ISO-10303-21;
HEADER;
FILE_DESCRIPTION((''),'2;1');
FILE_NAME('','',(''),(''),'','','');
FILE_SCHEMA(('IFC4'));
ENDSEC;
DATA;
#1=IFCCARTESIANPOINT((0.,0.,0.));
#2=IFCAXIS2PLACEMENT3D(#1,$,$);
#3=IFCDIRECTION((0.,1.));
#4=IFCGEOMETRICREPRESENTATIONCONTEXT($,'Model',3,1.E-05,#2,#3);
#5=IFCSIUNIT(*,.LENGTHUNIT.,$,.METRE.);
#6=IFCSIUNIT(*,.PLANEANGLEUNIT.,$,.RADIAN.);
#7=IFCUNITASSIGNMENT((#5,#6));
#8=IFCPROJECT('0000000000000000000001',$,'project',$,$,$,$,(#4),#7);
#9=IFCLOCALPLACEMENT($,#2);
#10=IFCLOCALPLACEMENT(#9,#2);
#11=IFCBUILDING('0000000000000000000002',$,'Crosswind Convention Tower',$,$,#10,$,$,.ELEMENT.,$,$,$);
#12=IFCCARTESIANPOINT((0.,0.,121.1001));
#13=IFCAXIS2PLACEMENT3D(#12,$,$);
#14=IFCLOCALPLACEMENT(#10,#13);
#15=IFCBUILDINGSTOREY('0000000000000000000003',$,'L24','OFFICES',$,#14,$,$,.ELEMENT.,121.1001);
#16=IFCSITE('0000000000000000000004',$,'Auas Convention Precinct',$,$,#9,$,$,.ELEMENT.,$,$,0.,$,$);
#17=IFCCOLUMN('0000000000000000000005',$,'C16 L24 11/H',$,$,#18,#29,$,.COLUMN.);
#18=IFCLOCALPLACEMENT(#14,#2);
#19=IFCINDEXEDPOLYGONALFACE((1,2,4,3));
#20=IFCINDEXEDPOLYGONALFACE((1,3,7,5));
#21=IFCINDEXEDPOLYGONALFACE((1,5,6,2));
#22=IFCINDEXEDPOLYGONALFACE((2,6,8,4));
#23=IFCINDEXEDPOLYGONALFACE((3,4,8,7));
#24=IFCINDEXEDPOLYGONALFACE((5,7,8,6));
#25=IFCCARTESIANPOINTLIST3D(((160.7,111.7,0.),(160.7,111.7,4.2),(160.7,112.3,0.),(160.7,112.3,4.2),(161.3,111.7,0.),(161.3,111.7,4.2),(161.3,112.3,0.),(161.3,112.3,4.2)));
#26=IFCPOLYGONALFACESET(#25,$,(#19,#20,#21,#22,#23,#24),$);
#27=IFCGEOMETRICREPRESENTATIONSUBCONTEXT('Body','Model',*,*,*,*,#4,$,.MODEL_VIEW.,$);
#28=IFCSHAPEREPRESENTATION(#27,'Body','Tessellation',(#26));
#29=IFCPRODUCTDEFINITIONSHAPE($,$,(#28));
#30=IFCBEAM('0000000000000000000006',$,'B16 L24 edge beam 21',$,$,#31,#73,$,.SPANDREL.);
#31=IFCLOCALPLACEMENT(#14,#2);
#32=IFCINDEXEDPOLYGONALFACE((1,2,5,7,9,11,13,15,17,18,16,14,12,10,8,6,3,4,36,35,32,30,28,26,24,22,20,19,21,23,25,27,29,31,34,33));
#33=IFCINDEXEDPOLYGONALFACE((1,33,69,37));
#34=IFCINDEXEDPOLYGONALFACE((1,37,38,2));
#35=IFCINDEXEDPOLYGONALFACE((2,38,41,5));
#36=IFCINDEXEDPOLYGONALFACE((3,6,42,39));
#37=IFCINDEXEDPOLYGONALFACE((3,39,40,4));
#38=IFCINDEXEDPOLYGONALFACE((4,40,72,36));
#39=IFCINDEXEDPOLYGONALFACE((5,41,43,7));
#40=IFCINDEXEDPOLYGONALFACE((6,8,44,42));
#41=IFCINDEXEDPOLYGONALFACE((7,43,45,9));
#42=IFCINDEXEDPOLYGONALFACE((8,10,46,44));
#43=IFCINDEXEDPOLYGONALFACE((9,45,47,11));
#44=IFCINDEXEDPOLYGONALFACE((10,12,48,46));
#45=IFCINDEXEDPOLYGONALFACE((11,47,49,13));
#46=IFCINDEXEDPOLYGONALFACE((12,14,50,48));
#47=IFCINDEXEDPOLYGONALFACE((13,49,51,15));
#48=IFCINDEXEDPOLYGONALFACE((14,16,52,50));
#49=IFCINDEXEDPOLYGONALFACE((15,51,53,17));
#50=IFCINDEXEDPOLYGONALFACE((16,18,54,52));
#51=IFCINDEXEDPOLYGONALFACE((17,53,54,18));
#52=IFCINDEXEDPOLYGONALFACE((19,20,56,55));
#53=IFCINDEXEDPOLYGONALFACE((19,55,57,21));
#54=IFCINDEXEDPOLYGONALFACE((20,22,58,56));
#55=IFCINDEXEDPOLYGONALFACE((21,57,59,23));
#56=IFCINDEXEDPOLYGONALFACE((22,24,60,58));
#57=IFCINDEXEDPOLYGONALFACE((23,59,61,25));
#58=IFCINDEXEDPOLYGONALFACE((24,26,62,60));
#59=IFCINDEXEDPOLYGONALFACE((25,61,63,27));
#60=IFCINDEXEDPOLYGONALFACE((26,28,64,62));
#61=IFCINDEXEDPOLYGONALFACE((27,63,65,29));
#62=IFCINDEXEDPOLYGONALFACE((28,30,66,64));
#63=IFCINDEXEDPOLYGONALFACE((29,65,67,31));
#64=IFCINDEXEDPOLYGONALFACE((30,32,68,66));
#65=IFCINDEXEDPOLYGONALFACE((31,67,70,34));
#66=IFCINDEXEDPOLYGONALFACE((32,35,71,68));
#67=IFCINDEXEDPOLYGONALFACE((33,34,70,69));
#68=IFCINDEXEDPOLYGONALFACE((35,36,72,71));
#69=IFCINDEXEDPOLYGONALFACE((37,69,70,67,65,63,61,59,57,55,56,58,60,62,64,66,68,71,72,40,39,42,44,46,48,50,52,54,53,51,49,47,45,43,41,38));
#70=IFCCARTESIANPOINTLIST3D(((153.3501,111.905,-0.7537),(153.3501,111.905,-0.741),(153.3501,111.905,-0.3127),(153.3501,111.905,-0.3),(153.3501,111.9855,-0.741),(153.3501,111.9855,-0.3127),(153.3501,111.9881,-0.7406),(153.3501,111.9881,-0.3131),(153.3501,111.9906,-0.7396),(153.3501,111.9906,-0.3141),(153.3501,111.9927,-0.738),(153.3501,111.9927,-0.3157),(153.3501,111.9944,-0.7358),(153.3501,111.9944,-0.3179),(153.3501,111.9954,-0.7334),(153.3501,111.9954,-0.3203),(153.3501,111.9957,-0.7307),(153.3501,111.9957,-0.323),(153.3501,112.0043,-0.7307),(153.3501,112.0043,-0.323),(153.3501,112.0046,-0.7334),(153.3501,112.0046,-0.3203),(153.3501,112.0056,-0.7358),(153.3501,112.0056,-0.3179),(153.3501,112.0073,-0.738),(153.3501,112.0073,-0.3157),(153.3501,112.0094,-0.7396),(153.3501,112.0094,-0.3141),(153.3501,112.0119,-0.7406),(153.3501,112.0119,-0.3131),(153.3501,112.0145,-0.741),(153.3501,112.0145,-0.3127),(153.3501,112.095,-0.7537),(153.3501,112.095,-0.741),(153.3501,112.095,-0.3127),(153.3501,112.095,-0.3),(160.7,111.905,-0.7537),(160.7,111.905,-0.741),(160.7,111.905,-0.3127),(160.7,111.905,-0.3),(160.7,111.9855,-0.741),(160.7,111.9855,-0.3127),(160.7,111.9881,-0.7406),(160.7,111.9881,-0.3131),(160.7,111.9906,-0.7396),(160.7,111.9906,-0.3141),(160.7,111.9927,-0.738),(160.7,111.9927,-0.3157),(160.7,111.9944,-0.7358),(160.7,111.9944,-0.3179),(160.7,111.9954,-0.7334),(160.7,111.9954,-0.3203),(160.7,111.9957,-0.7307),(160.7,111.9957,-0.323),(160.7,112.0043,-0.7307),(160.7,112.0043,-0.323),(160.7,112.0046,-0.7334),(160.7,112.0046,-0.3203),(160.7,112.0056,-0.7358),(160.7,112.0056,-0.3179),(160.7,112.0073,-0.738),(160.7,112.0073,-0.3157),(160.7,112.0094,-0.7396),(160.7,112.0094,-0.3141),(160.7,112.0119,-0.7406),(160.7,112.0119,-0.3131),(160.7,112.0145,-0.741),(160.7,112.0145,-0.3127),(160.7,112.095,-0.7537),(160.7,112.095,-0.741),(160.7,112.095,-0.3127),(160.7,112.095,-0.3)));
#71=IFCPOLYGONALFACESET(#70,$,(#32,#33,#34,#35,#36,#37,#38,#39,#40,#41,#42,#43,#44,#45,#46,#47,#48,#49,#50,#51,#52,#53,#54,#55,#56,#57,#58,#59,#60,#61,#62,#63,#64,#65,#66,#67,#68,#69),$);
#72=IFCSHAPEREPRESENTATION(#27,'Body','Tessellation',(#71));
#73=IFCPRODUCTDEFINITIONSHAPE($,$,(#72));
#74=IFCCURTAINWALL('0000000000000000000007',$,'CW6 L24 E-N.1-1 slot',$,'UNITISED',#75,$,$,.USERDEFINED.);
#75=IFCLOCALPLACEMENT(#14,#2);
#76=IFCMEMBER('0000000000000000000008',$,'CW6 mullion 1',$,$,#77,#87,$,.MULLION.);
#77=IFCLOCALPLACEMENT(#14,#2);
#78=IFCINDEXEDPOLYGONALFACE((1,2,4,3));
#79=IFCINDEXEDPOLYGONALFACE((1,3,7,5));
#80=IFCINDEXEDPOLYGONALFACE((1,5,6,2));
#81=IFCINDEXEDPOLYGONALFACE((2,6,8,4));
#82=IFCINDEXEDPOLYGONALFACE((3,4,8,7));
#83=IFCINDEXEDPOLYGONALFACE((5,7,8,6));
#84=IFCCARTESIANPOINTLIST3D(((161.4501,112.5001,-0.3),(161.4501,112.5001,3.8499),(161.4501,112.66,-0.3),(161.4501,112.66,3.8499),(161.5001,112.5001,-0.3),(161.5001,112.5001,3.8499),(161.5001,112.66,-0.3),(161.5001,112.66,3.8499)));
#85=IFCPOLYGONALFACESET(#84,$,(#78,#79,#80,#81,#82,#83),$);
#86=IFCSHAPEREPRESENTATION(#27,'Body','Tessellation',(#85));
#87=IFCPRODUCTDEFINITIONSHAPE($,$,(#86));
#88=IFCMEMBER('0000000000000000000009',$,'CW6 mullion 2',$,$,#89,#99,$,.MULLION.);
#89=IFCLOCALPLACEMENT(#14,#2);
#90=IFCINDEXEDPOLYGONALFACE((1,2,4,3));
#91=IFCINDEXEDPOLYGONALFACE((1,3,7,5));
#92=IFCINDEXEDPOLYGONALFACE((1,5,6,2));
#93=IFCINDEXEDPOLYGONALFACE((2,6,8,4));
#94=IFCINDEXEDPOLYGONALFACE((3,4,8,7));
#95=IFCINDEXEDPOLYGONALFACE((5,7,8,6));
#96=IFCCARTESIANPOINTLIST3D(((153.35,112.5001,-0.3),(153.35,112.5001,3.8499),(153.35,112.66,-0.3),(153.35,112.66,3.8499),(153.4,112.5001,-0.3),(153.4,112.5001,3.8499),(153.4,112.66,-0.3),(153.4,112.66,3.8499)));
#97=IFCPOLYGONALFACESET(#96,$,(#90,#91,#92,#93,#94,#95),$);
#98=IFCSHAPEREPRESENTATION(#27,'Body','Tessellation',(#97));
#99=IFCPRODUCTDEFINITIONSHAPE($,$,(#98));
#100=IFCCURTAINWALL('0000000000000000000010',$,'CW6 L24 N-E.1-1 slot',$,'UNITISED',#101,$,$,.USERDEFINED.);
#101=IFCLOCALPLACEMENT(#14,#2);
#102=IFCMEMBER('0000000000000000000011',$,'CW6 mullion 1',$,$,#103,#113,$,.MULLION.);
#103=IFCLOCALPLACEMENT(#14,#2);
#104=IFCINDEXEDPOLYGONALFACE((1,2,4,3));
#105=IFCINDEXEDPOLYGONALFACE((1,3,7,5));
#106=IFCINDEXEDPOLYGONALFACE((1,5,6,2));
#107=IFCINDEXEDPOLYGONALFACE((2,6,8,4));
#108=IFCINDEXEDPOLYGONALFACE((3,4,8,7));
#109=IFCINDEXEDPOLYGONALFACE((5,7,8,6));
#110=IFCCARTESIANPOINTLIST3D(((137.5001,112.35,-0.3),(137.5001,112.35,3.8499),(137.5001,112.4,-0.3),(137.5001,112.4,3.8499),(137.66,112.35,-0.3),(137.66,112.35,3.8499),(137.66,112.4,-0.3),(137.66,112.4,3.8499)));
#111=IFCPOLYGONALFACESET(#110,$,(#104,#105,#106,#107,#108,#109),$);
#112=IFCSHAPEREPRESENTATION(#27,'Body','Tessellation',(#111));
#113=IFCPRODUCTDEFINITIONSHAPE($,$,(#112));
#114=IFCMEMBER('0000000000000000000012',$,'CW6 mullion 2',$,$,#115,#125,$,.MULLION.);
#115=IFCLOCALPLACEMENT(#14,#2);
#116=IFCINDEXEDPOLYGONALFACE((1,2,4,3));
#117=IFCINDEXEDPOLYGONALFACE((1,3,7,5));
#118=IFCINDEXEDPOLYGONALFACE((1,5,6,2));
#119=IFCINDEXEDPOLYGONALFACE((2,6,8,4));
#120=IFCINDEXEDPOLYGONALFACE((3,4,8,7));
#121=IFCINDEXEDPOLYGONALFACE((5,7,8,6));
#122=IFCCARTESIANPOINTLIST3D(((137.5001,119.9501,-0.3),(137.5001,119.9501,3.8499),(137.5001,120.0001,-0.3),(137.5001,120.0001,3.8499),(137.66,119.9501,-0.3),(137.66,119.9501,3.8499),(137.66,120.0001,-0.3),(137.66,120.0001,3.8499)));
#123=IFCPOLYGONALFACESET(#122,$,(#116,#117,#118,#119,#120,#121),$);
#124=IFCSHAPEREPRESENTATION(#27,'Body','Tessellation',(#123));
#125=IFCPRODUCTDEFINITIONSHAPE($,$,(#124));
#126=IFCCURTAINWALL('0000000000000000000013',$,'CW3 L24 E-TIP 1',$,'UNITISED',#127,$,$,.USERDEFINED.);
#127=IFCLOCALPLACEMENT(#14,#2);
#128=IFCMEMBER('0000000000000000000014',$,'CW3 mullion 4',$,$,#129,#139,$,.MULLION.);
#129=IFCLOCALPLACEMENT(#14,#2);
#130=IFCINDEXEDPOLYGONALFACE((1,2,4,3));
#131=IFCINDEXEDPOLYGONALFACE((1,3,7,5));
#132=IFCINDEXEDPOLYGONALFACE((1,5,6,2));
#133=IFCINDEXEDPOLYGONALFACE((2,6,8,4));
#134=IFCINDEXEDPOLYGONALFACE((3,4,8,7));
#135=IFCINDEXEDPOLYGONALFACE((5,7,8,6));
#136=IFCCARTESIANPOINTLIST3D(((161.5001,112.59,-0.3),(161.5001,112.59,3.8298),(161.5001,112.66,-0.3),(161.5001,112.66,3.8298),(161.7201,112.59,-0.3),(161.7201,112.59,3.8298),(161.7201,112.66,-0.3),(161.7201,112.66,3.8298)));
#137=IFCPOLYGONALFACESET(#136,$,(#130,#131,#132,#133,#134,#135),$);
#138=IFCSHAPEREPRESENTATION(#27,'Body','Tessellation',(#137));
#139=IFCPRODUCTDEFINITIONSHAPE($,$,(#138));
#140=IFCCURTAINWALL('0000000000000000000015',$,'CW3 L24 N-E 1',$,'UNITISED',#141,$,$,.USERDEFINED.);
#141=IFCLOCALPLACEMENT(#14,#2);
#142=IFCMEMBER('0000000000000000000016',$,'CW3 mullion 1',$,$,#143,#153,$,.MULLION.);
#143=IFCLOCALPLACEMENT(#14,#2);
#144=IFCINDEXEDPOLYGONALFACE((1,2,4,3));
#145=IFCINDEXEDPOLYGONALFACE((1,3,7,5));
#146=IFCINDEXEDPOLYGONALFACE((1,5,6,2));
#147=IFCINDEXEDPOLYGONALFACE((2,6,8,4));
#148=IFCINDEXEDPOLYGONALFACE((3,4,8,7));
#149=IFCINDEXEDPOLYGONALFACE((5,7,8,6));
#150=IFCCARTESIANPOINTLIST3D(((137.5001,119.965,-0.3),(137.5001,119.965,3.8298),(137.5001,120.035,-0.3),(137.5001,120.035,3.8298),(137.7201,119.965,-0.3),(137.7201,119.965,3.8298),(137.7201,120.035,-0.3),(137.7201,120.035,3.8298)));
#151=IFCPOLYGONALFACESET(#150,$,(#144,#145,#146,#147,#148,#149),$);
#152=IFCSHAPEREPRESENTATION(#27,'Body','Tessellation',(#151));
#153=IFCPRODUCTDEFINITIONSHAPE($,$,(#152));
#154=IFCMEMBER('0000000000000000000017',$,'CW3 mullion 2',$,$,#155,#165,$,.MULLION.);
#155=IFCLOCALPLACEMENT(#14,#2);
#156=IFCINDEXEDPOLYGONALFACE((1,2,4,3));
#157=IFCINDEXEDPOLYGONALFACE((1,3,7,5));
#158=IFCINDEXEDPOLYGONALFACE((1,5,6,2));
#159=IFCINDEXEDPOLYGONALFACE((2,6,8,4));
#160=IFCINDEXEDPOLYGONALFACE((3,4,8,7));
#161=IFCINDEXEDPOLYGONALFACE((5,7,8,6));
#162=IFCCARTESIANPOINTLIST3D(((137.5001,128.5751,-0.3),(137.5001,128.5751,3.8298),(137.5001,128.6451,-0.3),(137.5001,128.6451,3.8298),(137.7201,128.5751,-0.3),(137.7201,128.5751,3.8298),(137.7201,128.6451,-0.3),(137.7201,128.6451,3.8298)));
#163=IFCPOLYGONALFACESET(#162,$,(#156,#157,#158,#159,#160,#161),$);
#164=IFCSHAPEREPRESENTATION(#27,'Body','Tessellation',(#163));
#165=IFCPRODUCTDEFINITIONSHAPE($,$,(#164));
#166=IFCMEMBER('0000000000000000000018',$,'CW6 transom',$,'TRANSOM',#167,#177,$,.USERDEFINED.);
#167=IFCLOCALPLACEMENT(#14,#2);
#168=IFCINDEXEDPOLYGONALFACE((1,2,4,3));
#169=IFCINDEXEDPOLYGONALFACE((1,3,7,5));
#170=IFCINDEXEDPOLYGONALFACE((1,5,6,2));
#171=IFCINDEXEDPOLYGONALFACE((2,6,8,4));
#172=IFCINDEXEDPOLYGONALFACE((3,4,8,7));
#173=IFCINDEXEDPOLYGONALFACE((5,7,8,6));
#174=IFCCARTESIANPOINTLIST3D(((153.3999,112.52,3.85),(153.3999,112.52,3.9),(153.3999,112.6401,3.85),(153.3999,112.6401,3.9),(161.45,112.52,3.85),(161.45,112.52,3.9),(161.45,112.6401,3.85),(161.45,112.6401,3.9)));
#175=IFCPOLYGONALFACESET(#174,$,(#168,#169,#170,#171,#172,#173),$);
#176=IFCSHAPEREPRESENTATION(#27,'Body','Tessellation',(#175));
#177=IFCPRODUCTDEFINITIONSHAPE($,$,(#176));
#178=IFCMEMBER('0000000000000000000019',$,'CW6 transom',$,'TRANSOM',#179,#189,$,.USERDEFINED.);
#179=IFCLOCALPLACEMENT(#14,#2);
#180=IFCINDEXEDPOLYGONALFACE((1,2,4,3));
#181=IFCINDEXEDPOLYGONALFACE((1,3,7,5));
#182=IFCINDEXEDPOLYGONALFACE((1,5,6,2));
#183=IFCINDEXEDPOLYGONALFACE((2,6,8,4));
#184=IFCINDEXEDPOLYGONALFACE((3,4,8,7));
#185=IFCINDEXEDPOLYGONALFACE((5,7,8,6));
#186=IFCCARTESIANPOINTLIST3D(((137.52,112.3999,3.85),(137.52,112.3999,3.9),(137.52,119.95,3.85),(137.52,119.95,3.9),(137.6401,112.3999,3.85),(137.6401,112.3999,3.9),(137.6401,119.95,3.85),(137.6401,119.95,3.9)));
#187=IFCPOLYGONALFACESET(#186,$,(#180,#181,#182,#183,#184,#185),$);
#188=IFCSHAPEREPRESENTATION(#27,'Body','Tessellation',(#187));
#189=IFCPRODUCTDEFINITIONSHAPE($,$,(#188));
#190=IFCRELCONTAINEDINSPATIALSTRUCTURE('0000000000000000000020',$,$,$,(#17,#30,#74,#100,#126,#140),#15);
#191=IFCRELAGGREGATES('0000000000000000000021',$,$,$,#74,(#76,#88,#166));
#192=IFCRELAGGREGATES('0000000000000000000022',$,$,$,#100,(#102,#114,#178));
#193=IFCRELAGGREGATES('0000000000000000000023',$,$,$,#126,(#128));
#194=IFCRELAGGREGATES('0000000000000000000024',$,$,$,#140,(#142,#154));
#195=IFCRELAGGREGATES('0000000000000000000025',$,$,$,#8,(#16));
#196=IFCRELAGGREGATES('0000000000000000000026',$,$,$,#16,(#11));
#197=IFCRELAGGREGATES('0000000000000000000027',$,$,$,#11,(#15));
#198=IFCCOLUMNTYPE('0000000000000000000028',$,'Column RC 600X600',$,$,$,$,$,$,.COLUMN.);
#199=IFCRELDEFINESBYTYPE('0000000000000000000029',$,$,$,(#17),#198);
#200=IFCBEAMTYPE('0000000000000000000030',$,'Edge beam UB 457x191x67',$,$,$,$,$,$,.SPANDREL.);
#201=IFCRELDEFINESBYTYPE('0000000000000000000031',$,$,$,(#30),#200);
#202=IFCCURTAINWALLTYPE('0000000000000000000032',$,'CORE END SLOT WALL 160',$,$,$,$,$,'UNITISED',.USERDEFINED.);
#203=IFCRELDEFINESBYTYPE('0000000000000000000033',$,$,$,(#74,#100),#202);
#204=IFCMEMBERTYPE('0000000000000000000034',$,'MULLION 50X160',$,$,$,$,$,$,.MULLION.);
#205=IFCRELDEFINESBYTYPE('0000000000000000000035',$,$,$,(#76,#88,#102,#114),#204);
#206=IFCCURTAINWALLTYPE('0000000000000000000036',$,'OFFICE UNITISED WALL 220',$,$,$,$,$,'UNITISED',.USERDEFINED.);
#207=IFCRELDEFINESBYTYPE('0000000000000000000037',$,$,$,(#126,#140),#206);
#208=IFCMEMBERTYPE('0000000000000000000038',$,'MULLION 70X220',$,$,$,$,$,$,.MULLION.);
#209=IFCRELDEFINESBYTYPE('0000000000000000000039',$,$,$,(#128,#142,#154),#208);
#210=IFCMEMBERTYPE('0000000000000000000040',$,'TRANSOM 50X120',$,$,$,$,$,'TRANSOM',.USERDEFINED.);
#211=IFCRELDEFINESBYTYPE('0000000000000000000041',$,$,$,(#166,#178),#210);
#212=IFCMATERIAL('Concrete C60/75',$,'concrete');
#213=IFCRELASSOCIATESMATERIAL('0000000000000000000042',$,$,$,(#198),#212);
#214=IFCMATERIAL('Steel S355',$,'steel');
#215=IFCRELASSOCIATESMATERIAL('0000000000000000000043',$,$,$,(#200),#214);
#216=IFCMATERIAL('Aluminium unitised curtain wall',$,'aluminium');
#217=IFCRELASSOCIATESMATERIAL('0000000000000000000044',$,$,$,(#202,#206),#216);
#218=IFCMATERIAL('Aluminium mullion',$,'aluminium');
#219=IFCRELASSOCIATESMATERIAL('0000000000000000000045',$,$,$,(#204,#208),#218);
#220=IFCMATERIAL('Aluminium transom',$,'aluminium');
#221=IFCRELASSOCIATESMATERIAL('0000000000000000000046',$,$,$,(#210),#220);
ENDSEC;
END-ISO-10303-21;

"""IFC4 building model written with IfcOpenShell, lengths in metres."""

from ifc_helpers import new_model, si_unit, direction, frame, origin, origin_2d, place, context, subcontext, project, spatial, rectangle, i_section, extrude, material, material_profile, profile_set, type_object, element, aggregate, save


model = new_model("IFC4")

# Units and contexts
model_context = context("Model", 3, precision=1e-05, world=origin(), true_north=direction((0.0, 1.0)))
body_context = subcontext(model_context, "Body", "Model", "MODEL_VIEW")
ifc_project = project(units=[si_unit("LENGTHUNIT", "METRE"), si_unit("PLANEANGLEUNIT", "RADIAN")], contexts=[model_context])

# Site, building, storey
site_placement = place(None, origin())
site = spatial("IfcSite", under=ifc_project, at=site_placement, Name="Auas Convention Precinct", CompositionType="ELEMENT", RefElevation=0.0)
building_placement = place(site_placement, origin())
building = spatial("IfcBuilding", under=site, at=building_placement, Name="Crosswind Convention Tower", CompositionType="ELEMENT")
storey_placement = place(building_placement, frame((0.0, 0.0, 121.1001)))
storey = spatial("IfcBuildingStorey", under=building, at=storey_placement, Name="L24", Description="OFFICES", CompositionType="ELEMENT", Elevation=121.1001)

# Column
ifc_material_1 = material(Name="Concrete C60/75", Category="concrete")
ifc_material_profile_1 = material_profile(ifc_material_1, rectangle(XDim=0.6001, YDim=0.6001, at=origin_2d()), Name="RC 600X600")
ifc_profile_set_1 = profile_set([ifc_material_profile_1], Name="Concrete C60/75")
column_type = type_object("IfcColumnType", Name="Column RC 600X600", PredefinedType="COLUMN", material=ifc_profile_set_1)
column_placement = place(storey_placement, frame((161.0, 112.0, 0.0), z_axis=(0.0, 0.0, 1.0), x_axis=(1.0, 0.0, 0.0)))
element("IfcColumn", 1, at=column_placement, inside=storey, type_object=column_type, Name="C16 L24 11/H", PredefinedType="COLUMN", context=body_context, shape_type="SweptSolid", body=[
    extrude(rectangle(XDim=0.6001, YDim=0.6001, at=origin_2d()), origin(), (0.0, 0.0, 1.0), 4.2),
])

# Beam
ifc_material_2 = material(Name="Steel S355", Category="steel")
ifc_material_profile_2 = material_profile(ifc_material_2, i_section(OverallWidth=0.1899, OverallDepth=0.4536, WebThickness=0.0085, FlangeThickness=0.0127, FilletRadius=0.0103, at=origin_2d()), Name="UB 457x191x67")
ifc_profile_set_2 = profile_set([ifc_material_profile_2], Name="Steel S355")
beam_type = type_object("IfcBeamType", Name="Edge beam UB 457x191x67", PredefinedType="SPANDREL", material=ifc_profile_set_2)
beam_placement = place(storey_placement, frame((153.3501, 112.0, -0.5269), z_axis=(1.0, 0.0, 0.0), x_axis=(0.0, 1.0, 0.0)))
element("IfcBeam", 2, at=beam_placement, inside=storey, type_object=beam_type, Name="B16 L24 edge beam 21", PredefinedType="SPANDREL", context=body_context, shape_type="SweptSolid", body=[
    extrude(i_section(OverallWidth=0.1899, OverallDepth=0.4536, WebThickness=0.0085, FlangeThickness=0.0127, FilletRadius=0.0103, at=origin_2d()), origin(), (0.0, 0.0, 1.0), 7.3499),
])

# Curtain walls, members
ifc_material_3 = material(Name="Aluminium unitised curtain wall", Category="aluminium")
curtain_wall_type_1 = type_object("IfcCurtainWallType", Name="CORE END SLOT WALL 160", ElementType="UNITISED", PredefinedType="USERDEFINED", material=ifc_material_3)
curtain_wall_1_placement = place(storey_placement, origin())
curtain_wall_1 = element("IfcCurtainWall", 3, at=curtain_wall_1_placement, inside=storey, type_object=curtain_wall_type_1, Name="CW6 L24 E-N.1-1 slot", ObjectType="UNITISED", PredefinedType="USERDEFINED")
ifc_material_4 = material(Name="Aluminium mullion", Category="aluminium")
ifc_material_profile_3 = material_profile(ifc_material_4, rectangle(XDim=0.1599, YDim=0.05, at=origin_2d()), Name="AL 160X50")
ifc_profile_set_3 = profile_set([ifc_material_profile_3], Name="Aluminium mullion")
member_type_1 = type_object("IfcMemberType", Name="MULLION 50X160", PredefinedType="MULLION", material=ifc_profile_set_3)
member_1_placement = place(storey_placement, frame((161.4751, 112.5801, -0.3), z_axis=(0.0, 0.0, 1.0), x_axis=(0.0, 1.0, 0.0)))
member_1 = element("IfcMember", 4, at=member_1_placement, type_object=member_type_1, Name="CW6 mullion 1", PredefinedType="MULLION", context=body_context, shape_type="SweptSolid", body=[
    extrude(rectangle(XDim=0.1599, YDim=0.05, at=origin_2d()), origin(), (0.0, 0.0, 1.0), 4.1499),
])
member_2_placement = place(storey_placement, frame((153.375, 112.5801, -0.3), z_axis=(0.0, 0.0, 1.0), x_axis=(0.0, 1.0, 0.0)))
member_2 = element("IfcMember", 5, at=member_2_placement, type_object=member_type_1, Name="CW6 mullion 2", PredefinedType="MULLION", context=body_context, shape_type="SweptSolid", body=[
    extrude(rectangle(XDim=0.1599, YDim=0.05, at=origin_2d()), origin(), (0.0, 0.0, 1.0), 4.1499),
])
curtain_wall_2_placement = place(storey_placement, origin())
curtain_wall_2 = element("IfcCurtainWall", 6, at=curtain_wall_2_placement, inside=storey, type_object=curtain_wall_type_1, Name="CW6 L24 N-E.1-1 slot", ObjectType="UNITISED", PredefinedType="USERDEFINED")
member_3_placement = place(storey_placement, frame((137.5801, 112.375, -0.3), z_axis=(0.0, 0.0, 1.0), x_axis=(1.0, 0.0, 0.0)))
member_3 = element("IfcMember", 7, at=member_3_placement, type_object=member_type_1, Name="CW6 mullion 1", PredefinedType="MULLION", context=body_context, shape_type="SweptSolid", body=[
    extrude(rectangle(XDim=0.1599, YDim=0.05, at=origin_2d()), origin(), (0.0, 0.0, 1.0), 4.1499),
])
member_4_placement = place(storey_placement, frame((137.5801, 119.9751, -0.3), z_axis=(0.0, 0.0, 1.0), x_axis=(1.0, 0.0, 0.0)))
member_4 = element("IfcMember", 8, at=member_4_placement, type_object=member_type_1, Name="CW6 mullion 2", PredefinedType="MULLION", context=body_context, shape_type="SweptSolid", body=[
    extrude(rectangle(XDim=0.1599, YDim=0.05, at=origin_2d()), origin(), (0.0, 0.0, 1.0), 4.1499),
])

# Curtain wall, member
curtain_wall_type_2 = type_object("IfcCurtainWallType", Name="OFFICE UNITISED WALL 220", ElementType="UNITISED", PredefinedType="USERDEFINED", material=ifc_material_3)
curtain_wall_3_placement = place(storey_placement, origin())
curtain_wall_3 = element("IfcCurtainWall", 9, at=curtain_wall_3_placement, inside=storey, type_object=curtain_wall_type_2, Name="CW3 L24 E-TIP 1", ObjectType="UNITISED", PredefinedType="USERDEFINED")
ifc_material_profile_4 = material_profile(ifc_material_4, rectangle(XDim=0.22, YDim=0.0701, at=origin_2d()), Name="AL 220X70")
ifc_profile_set_4 = profile_set([ifc_material_profile_4], Name="Aluminium mullion")
member_type_2 = type_object("IfcMemberType", Name="MULLION 70X220", PredefinedType="MULLION", material=ifc_profile_set_4)
member_5_placement = place(storey_placement, frame((161.6101, 112.625, -0.3), z_axis=(0.0, 0.0, 1.0), x_axis=(1.0, 0.0, 0.0)))
member_5 = element("IfcMember", 10, at=member_5_placement, type_object=member_type_2, Name="CW3 mullion 4", PredefinedType="MULLION", context=body_context, shape_type="SweptSolid", body=[
    extrude(rectangle(XDim=0.22, YDim=0.0701, at=origin_2d()), origin(), (0.0, 0.0, 1.0), 4.1299),
])

# Curtain wall, members
curtain_wall_4_placement = place(storey_placement, origin())
curtain_wall_4 = element("IfcCurtainWall", 11, at=curtain_wall_4_placement, inside=storey, type_object=curtain_wall_type_2, Name="CW3 L24 N-E 1", ObjectType="UNITISED", PredefinedType="USERDEFINED")
member_6_placement = place(storey_placement, frame((137.6101, 120.0, -0.3), z_axis=(0.0, 0.0, 1.0), x_axis=(1.0, 0.0, 0.0)))
member_6 = element("IfcMember", 12, at=member_6_placement, type_object=member_type_2, Name="CW3 mullion 1", PredefinedType="MULLION", context=body_context, shape_type="SweptSolid", body=[
    extrude(rectangle(XDim=0.22, YDim=0.0701, at=origin_2d()), origin(), (0.0, 0.0, 1.0), 4.1299),
])
member_7_placement = place(storey_placement, frame((137.6101, 128.6101, -0.3), z_axis=(0.0, 0.0, 1.0), x_axis=(1.0, 0.0, 0.0)))
member_7 = element("IfcMember", 13, at=member_7_placement, type_object=member_type_2, Name="CW3 mullion 2", PredefinedType="MULLION", context=body_context, shape_type="SweptSolid", body=[
    extrude(rectangle(XDim=0.22, YDim=0.0701, at=origin_2d()), origin(), (0.0, 0.0, 1.0), 4.1299),
])

# Members
ifc_material_5 = material(Name="Aluminium transom", Category="aluminium")
ifc_material_profile_5 = material_profile(ifc_material_5, rectangle(XDim=0.1201, YDim=0.05, at=origin_2d()), Name="AL 120X50")
ifc_profile_set_5 = profile_set([ifc_material_profile_5], Name="Aluminium transom")
member_type_3 = type_object("IfcMemberType", Name="TRANSOM 50X120", ElementType="TRANSOM", PredefinedType="USERDEFINED", material=ifc_profile_set_5)
member_8_placement = place(storey_placement, frame((161.45, 112.5801, 3.875), z_axis=(-1.0, 0.0, 0.0), x_axis=(0.0, -1.0, 0.0)))
member_8 = element("IfcMember", 14, at=member_8_placement, type_object=member_type_3, Name="CW6 transom", ObjectType="TRANSOM", PredefinedType="USERDEFINED", context=body_context, shape_type="SweptSolid", body=[
    extrude(rectangle(XDim=0.1201, YDim=0.05, at=origin_2d()), origin(), (0.0, 0.0, 1.0), 8.05),
])
member_9_placement = place(storey_placement, frame((137.5801, 112.3999, 3.875), z_axis=(0.0, 1.0, 0.0), x_axis=(-1.0, 0.0, 0.0)))
member_9 = element("IfcMember", 15, at=member_9_placement, type_object=member_type_3, Name="CW6 transom", ObjectType="TRANSOM", PredefinedType="USERDEFINED", context=body_context, shape_type="SweptSolid", body=[
    extrude(rectangle(XDim=0.1201, YDim=0.05, at=origin_2d()), origin(), (0.0, 0.0, 1.0), 7.55),
])

aggregate(curtain_wall_1, [member_1, member_2, member_8])
aggregate(curtain_wall_2, [member_3, member_4, member_9])
aggregate(curtain_wall_3, [member_5])

aggregate(curtain_wall_4, [member_6, member_7])

save(model, "model.ifc")
